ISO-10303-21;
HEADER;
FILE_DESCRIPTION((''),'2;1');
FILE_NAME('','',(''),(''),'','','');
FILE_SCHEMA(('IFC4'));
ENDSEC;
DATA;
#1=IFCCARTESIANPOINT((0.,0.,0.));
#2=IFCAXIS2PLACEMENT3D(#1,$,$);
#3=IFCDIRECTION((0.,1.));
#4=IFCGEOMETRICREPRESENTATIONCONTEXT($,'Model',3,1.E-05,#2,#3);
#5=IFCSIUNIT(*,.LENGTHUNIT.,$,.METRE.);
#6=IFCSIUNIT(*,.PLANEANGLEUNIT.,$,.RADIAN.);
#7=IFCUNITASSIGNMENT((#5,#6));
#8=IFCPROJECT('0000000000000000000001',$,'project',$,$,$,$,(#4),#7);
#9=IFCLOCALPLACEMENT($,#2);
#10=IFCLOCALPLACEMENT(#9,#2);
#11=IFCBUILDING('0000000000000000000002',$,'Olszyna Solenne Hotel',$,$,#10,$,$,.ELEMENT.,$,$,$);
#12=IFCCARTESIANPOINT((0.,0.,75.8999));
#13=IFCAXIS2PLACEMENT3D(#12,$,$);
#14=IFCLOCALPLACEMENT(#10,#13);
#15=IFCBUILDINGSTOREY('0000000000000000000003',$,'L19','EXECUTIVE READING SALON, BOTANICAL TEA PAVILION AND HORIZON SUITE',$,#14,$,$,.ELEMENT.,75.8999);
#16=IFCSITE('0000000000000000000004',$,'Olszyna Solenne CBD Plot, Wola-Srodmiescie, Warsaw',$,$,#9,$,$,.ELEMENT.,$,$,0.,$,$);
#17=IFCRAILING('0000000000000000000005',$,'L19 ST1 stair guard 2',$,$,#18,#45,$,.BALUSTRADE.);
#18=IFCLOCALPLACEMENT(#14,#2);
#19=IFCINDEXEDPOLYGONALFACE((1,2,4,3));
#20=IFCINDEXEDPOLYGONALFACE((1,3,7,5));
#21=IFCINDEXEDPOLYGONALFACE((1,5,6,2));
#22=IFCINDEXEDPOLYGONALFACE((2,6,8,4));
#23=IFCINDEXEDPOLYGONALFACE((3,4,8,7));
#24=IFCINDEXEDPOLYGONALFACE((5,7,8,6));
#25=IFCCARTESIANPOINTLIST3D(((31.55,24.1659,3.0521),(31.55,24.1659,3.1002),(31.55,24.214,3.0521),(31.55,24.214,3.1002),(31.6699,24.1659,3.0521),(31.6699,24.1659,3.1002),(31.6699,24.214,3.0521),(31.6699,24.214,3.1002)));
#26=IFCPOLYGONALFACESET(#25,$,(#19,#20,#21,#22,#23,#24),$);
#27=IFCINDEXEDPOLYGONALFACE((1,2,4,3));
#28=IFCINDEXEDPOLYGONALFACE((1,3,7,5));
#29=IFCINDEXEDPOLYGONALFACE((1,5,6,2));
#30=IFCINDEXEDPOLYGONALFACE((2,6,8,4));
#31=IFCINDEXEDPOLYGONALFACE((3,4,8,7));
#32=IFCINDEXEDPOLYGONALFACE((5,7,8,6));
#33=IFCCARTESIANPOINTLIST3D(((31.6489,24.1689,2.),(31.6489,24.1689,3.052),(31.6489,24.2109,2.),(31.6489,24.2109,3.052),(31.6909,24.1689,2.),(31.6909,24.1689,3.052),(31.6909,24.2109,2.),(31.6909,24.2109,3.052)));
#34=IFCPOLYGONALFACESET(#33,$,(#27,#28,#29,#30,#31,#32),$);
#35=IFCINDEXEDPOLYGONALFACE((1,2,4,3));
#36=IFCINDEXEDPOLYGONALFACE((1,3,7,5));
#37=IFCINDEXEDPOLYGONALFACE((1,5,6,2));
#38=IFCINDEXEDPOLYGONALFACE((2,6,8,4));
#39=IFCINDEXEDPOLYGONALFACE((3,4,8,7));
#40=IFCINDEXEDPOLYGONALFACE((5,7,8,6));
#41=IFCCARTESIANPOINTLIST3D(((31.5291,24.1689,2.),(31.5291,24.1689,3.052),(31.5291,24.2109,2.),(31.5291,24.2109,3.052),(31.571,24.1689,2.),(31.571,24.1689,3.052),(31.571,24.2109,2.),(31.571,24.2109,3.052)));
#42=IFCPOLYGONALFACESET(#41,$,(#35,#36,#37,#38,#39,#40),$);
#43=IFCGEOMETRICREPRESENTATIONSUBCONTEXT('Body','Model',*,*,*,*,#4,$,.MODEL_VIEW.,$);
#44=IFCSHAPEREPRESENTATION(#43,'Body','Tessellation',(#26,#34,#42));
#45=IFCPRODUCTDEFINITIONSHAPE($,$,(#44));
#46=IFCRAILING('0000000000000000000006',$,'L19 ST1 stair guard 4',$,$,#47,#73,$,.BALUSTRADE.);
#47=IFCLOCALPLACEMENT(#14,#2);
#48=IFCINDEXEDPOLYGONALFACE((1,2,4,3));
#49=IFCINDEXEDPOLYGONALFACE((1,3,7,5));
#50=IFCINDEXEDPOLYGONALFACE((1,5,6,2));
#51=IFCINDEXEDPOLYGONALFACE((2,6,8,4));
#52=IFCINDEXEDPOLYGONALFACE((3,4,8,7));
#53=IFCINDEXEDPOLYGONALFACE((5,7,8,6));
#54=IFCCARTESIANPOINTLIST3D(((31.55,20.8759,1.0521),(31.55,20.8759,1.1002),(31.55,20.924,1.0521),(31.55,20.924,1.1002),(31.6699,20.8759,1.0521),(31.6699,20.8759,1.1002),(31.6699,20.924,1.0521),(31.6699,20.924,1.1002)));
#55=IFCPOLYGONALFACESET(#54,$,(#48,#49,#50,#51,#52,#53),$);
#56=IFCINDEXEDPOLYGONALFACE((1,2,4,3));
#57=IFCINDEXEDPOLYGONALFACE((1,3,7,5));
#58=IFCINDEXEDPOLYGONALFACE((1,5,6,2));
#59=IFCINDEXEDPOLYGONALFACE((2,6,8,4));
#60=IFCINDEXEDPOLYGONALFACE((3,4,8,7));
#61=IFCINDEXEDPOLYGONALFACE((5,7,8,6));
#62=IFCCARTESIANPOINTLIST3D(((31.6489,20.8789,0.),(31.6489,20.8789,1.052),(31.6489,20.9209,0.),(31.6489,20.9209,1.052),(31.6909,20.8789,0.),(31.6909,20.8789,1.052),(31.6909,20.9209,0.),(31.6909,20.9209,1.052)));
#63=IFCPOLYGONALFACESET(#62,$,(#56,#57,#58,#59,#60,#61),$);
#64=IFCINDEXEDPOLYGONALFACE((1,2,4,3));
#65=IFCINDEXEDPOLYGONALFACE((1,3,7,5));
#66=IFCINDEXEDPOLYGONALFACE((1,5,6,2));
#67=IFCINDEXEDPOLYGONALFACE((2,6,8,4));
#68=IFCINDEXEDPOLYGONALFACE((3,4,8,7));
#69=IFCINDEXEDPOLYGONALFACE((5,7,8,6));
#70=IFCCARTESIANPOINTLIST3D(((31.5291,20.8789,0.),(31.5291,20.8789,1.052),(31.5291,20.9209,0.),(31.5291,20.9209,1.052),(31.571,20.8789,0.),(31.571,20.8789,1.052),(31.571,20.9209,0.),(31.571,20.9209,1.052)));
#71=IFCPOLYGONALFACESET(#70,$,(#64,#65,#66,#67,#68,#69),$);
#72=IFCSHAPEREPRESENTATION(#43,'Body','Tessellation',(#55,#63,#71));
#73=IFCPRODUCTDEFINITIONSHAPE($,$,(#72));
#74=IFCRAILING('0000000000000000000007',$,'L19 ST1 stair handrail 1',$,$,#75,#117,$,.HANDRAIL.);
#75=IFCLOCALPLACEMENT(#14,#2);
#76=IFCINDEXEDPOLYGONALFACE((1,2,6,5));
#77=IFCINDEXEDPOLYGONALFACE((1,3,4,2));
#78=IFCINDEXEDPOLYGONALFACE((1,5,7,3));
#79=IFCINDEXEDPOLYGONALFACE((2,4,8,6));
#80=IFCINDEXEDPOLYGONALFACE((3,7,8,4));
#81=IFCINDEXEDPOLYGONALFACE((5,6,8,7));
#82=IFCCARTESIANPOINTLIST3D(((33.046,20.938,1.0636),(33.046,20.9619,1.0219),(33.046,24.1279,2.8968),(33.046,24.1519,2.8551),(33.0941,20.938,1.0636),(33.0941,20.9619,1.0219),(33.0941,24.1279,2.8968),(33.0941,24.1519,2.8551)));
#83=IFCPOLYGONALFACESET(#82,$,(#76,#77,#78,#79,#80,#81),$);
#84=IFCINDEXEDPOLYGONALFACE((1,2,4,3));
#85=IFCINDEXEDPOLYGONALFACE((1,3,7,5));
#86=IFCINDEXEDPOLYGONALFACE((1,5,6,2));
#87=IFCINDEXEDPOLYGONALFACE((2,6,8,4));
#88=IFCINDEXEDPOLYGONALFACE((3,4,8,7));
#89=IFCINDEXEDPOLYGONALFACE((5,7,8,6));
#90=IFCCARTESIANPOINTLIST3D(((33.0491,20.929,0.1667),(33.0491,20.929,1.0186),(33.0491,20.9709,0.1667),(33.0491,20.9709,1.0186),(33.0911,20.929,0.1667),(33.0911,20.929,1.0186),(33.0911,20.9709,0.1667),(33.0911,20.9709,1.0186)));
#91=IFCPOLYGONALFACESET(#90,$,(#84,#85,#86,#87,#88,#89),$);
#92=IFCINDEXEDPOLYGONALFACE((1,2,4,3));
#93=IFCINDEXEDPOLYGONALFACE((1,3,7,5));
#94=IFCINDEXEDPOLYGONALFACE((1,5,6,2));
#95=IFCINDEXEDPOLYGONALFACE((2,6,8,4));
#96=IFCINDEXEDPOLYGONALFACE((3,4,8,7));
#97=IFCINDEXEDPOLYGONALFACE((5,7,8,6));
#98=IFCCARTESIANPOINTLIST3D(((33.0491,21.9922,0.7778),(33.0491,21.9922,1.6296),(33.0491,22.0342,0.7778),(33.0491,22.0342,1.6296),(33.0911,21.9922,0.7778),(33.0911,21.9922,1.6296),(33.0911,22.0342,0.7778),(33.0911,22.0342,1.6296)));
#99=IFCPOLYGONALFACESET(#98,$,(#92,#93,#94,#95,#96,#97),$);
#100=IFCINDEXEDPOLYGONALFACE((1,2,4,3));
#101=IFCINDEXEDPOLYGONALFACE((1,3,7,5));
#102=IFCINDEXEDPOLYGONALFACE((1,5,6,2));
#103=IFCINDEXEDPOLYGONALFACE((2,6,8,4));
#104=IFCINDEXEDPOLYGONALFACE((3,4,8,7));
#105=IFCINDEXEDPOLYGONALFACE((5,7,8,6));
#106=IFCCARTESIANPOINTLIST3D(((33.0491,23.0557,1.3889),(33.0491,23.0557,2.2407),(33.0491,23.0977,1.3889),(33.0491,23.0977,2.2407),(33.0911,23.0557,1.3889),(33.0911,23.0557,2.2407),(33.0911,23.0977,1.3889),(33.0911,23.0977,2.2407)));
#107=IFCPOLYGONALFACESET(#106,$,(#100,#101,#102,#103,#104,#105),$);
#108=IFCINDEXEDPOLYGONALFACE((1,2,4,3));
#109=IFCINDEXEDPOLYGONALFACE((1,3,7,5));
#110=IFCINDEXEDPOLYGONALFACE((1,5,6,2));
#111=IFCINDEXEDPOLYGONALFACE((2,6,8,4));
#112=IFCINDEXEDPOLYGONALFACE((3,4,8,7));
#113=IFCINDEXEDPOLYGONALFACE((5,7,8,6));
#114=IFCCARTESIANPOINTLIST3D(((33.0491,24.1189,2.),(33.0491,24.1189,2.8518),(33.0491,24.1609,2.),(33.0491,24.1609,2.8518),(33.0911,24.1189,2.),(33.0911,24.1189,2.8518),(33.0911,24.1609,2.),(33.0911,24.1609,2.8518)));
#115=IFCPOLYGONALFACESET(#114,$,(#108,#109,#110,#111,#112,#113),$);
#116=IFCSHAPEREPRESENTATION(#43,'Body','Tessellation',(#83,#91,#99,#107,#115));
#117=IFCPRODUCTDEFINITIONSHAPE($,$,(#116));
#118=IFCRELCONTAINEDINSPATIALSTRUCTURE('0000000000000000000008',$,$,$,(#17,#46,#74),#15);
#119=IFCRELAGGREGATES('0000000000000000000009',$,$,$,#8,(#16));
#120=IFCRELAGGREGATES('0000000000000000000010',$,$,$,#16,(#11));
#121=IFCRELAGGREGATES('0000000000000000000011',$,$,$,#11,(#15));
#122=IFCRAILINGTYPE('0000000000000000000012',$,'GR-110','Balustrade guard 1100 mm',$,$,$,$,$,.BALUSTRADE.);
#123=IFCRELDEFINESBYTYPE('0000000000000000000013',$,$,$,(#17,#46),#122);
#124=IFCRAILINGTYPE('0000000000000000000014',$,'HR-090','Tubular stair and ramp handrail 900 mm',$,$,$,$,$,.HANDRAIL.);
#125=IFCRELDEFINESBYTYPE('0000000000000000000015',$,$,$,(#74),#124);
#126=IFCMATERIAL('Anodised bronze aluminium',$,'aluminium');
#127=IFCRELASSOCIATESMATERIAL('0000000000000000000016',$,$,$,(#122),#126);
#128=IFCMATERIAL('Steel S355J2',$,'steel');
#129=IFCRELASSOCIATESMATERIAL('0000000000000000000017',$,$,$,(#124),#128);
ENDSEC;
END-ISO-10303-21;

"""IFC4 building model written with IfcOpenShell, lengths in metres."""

from ifc_helpers import new_model, si_unit, direction, frame, origin, origin_2d, place, context, subcontext, project, spatial, rectangle, extrude, material, type_object, element, save


model = new_model("IFC4")

# Units and contexts
model_context = context("Model", 3, precision=1e-05, world=origin(), true_north=direction((0.0, 1.0)))
body_context = subcontext(model_context, "Body", "Model", "MODEL_VIEW")
ifc_project = project(units=[si_unit("LENGTHUNIT", "METRE"), si_unit("PLANEANGLEUNIT", "RADIAN")], contexts=[model_context])

# Site, building, storey
site_placement = place(None, origin())
site = spatial("IfcSite", under=ifc_project, at=site_placement, Name="Olszyna Solenne CBD Plot, Wola-Srodmiescie, Warsaw", CompositionType="ELEMENT", RefElevation=0.0)
building_placement = place(site_placement, origin())
building = spatial("IfcBuilding", under=site, at=building_placement, Name="Olszyna Solenne Hotel", CompositionType="ELEMENT")
storey_placement = place(building_placement, frame((0.0, 0.0, 75.8999)))
storey = spatial("IfcBuildingStorey", under=building, at=storey_placement, Name="L19", Description="EXECUTIVE READING SALON, BOTANICAL TEA PAVILION AND HORIZON SUITE", CompositionType="ELEMENT", Elevation=75.8999)

# Shared definitions
ifc_material_1 = material(Name="Steel S355J2", Category="steel")

# Railings
ifc_material_2 = material(Name="Anodised bronze aluminium", Category="aluminium")
railing_type_1 = type_object("IfcRailingType", Name="GR-110", Description="Balustrade guard 1100 mm", PredefinedType="BALUSTRADE", material=ifc_material_2)
for number, where, name in (
    (1, (31.6699, 24.1899, 2.0), "L19 ST1 stair guard 2"),
    (2, (31.6699, 20.8999, 0.0), "L19 ST1 stair guard 4"),
):
    element("IfcRailing", number, at=place(storey_placement, frame(where)), inside=storey, type_object=railing_type_1, Name=name, PredefinedType="BALUSTRADE", context=body_context, shape_type="SweptSolid", body=[
        extrude(rectangle(XDim=0.0481, YDim=0.0481, at=origin_2d()), frame((0.0, 0.0, 1.0762), z_axis=(-1.0, 0.0, 0.0), x_axis=(0.0, -1.0, 0.0)), (0.0, 0.0, 1.0), 0.1199),
        extrude(rectangle(XDim=0.042, YDim=0.042, at=origin_2d()), origin(), (0.0, 0.0, 1.0), 1.052),
        extrude(rectangle(XDim=0.042, YDim=0.042, at=origin_2d()), frame((-0.1199, 0.0, 0.0)), (0.0, 0.0, 1.0), 1.052),
    ])
railing_type_2 = type_object("IfcRailingType", Name="HR-090", Description="Tubular stair and ramp handrail 900 mm", PredefinedType="HANDRAIL", material=ifc_material_1)
railing_1_placement = place(storey_placement, frame((33.0701, 20.95, 0.1667)))
element("IfcRailing", 3, at=railing_1_placement, inside=storey, type_object=railing_type_2, Name="L19 ST1 stair handrail 1", PredefinedType="HANDRAIL", context=body_context, shape_type="SweptSolid", body=[
    extrude(rectangle(XDim=0.0481, YDim=0.0481, at=origin_2d()), frame((0.0, 0.0, 0.876), z_axis=(0.0, 0.86702, 0.498274), x_axis=(-1.0, 0.0, 0.0)), (0.0, 0.0, 1.0), 3.6792),
    extrude(rectangle(XDim=0.042, YDim=0.042, at=origin_2d()), origin(), (0.0, 0.0, 1.0), 0.8518),
    extrude(rectangle(XDim=0.042, YDim=0.042, at=origin_2d()), frame((0.0, 1.0632, 0.6111)), (0.0, 0.0, 1.0), 0.8518),
    extrude(rectangle(XDim=0.042, YDim=0.042, at=origin_2d()), frame((0.0, 2.1267, 1.2222)), (0.0, 0.0, 1.0), 0.8518),
    extrude(rectangle(XDim=0.042, YDim=0.042, at=origin_2d()), frame((0.0, 3.1899, 1.8333)), (0.0, 0.0, 1.0), 0.8518),
])

save(model, "model.ifc")
